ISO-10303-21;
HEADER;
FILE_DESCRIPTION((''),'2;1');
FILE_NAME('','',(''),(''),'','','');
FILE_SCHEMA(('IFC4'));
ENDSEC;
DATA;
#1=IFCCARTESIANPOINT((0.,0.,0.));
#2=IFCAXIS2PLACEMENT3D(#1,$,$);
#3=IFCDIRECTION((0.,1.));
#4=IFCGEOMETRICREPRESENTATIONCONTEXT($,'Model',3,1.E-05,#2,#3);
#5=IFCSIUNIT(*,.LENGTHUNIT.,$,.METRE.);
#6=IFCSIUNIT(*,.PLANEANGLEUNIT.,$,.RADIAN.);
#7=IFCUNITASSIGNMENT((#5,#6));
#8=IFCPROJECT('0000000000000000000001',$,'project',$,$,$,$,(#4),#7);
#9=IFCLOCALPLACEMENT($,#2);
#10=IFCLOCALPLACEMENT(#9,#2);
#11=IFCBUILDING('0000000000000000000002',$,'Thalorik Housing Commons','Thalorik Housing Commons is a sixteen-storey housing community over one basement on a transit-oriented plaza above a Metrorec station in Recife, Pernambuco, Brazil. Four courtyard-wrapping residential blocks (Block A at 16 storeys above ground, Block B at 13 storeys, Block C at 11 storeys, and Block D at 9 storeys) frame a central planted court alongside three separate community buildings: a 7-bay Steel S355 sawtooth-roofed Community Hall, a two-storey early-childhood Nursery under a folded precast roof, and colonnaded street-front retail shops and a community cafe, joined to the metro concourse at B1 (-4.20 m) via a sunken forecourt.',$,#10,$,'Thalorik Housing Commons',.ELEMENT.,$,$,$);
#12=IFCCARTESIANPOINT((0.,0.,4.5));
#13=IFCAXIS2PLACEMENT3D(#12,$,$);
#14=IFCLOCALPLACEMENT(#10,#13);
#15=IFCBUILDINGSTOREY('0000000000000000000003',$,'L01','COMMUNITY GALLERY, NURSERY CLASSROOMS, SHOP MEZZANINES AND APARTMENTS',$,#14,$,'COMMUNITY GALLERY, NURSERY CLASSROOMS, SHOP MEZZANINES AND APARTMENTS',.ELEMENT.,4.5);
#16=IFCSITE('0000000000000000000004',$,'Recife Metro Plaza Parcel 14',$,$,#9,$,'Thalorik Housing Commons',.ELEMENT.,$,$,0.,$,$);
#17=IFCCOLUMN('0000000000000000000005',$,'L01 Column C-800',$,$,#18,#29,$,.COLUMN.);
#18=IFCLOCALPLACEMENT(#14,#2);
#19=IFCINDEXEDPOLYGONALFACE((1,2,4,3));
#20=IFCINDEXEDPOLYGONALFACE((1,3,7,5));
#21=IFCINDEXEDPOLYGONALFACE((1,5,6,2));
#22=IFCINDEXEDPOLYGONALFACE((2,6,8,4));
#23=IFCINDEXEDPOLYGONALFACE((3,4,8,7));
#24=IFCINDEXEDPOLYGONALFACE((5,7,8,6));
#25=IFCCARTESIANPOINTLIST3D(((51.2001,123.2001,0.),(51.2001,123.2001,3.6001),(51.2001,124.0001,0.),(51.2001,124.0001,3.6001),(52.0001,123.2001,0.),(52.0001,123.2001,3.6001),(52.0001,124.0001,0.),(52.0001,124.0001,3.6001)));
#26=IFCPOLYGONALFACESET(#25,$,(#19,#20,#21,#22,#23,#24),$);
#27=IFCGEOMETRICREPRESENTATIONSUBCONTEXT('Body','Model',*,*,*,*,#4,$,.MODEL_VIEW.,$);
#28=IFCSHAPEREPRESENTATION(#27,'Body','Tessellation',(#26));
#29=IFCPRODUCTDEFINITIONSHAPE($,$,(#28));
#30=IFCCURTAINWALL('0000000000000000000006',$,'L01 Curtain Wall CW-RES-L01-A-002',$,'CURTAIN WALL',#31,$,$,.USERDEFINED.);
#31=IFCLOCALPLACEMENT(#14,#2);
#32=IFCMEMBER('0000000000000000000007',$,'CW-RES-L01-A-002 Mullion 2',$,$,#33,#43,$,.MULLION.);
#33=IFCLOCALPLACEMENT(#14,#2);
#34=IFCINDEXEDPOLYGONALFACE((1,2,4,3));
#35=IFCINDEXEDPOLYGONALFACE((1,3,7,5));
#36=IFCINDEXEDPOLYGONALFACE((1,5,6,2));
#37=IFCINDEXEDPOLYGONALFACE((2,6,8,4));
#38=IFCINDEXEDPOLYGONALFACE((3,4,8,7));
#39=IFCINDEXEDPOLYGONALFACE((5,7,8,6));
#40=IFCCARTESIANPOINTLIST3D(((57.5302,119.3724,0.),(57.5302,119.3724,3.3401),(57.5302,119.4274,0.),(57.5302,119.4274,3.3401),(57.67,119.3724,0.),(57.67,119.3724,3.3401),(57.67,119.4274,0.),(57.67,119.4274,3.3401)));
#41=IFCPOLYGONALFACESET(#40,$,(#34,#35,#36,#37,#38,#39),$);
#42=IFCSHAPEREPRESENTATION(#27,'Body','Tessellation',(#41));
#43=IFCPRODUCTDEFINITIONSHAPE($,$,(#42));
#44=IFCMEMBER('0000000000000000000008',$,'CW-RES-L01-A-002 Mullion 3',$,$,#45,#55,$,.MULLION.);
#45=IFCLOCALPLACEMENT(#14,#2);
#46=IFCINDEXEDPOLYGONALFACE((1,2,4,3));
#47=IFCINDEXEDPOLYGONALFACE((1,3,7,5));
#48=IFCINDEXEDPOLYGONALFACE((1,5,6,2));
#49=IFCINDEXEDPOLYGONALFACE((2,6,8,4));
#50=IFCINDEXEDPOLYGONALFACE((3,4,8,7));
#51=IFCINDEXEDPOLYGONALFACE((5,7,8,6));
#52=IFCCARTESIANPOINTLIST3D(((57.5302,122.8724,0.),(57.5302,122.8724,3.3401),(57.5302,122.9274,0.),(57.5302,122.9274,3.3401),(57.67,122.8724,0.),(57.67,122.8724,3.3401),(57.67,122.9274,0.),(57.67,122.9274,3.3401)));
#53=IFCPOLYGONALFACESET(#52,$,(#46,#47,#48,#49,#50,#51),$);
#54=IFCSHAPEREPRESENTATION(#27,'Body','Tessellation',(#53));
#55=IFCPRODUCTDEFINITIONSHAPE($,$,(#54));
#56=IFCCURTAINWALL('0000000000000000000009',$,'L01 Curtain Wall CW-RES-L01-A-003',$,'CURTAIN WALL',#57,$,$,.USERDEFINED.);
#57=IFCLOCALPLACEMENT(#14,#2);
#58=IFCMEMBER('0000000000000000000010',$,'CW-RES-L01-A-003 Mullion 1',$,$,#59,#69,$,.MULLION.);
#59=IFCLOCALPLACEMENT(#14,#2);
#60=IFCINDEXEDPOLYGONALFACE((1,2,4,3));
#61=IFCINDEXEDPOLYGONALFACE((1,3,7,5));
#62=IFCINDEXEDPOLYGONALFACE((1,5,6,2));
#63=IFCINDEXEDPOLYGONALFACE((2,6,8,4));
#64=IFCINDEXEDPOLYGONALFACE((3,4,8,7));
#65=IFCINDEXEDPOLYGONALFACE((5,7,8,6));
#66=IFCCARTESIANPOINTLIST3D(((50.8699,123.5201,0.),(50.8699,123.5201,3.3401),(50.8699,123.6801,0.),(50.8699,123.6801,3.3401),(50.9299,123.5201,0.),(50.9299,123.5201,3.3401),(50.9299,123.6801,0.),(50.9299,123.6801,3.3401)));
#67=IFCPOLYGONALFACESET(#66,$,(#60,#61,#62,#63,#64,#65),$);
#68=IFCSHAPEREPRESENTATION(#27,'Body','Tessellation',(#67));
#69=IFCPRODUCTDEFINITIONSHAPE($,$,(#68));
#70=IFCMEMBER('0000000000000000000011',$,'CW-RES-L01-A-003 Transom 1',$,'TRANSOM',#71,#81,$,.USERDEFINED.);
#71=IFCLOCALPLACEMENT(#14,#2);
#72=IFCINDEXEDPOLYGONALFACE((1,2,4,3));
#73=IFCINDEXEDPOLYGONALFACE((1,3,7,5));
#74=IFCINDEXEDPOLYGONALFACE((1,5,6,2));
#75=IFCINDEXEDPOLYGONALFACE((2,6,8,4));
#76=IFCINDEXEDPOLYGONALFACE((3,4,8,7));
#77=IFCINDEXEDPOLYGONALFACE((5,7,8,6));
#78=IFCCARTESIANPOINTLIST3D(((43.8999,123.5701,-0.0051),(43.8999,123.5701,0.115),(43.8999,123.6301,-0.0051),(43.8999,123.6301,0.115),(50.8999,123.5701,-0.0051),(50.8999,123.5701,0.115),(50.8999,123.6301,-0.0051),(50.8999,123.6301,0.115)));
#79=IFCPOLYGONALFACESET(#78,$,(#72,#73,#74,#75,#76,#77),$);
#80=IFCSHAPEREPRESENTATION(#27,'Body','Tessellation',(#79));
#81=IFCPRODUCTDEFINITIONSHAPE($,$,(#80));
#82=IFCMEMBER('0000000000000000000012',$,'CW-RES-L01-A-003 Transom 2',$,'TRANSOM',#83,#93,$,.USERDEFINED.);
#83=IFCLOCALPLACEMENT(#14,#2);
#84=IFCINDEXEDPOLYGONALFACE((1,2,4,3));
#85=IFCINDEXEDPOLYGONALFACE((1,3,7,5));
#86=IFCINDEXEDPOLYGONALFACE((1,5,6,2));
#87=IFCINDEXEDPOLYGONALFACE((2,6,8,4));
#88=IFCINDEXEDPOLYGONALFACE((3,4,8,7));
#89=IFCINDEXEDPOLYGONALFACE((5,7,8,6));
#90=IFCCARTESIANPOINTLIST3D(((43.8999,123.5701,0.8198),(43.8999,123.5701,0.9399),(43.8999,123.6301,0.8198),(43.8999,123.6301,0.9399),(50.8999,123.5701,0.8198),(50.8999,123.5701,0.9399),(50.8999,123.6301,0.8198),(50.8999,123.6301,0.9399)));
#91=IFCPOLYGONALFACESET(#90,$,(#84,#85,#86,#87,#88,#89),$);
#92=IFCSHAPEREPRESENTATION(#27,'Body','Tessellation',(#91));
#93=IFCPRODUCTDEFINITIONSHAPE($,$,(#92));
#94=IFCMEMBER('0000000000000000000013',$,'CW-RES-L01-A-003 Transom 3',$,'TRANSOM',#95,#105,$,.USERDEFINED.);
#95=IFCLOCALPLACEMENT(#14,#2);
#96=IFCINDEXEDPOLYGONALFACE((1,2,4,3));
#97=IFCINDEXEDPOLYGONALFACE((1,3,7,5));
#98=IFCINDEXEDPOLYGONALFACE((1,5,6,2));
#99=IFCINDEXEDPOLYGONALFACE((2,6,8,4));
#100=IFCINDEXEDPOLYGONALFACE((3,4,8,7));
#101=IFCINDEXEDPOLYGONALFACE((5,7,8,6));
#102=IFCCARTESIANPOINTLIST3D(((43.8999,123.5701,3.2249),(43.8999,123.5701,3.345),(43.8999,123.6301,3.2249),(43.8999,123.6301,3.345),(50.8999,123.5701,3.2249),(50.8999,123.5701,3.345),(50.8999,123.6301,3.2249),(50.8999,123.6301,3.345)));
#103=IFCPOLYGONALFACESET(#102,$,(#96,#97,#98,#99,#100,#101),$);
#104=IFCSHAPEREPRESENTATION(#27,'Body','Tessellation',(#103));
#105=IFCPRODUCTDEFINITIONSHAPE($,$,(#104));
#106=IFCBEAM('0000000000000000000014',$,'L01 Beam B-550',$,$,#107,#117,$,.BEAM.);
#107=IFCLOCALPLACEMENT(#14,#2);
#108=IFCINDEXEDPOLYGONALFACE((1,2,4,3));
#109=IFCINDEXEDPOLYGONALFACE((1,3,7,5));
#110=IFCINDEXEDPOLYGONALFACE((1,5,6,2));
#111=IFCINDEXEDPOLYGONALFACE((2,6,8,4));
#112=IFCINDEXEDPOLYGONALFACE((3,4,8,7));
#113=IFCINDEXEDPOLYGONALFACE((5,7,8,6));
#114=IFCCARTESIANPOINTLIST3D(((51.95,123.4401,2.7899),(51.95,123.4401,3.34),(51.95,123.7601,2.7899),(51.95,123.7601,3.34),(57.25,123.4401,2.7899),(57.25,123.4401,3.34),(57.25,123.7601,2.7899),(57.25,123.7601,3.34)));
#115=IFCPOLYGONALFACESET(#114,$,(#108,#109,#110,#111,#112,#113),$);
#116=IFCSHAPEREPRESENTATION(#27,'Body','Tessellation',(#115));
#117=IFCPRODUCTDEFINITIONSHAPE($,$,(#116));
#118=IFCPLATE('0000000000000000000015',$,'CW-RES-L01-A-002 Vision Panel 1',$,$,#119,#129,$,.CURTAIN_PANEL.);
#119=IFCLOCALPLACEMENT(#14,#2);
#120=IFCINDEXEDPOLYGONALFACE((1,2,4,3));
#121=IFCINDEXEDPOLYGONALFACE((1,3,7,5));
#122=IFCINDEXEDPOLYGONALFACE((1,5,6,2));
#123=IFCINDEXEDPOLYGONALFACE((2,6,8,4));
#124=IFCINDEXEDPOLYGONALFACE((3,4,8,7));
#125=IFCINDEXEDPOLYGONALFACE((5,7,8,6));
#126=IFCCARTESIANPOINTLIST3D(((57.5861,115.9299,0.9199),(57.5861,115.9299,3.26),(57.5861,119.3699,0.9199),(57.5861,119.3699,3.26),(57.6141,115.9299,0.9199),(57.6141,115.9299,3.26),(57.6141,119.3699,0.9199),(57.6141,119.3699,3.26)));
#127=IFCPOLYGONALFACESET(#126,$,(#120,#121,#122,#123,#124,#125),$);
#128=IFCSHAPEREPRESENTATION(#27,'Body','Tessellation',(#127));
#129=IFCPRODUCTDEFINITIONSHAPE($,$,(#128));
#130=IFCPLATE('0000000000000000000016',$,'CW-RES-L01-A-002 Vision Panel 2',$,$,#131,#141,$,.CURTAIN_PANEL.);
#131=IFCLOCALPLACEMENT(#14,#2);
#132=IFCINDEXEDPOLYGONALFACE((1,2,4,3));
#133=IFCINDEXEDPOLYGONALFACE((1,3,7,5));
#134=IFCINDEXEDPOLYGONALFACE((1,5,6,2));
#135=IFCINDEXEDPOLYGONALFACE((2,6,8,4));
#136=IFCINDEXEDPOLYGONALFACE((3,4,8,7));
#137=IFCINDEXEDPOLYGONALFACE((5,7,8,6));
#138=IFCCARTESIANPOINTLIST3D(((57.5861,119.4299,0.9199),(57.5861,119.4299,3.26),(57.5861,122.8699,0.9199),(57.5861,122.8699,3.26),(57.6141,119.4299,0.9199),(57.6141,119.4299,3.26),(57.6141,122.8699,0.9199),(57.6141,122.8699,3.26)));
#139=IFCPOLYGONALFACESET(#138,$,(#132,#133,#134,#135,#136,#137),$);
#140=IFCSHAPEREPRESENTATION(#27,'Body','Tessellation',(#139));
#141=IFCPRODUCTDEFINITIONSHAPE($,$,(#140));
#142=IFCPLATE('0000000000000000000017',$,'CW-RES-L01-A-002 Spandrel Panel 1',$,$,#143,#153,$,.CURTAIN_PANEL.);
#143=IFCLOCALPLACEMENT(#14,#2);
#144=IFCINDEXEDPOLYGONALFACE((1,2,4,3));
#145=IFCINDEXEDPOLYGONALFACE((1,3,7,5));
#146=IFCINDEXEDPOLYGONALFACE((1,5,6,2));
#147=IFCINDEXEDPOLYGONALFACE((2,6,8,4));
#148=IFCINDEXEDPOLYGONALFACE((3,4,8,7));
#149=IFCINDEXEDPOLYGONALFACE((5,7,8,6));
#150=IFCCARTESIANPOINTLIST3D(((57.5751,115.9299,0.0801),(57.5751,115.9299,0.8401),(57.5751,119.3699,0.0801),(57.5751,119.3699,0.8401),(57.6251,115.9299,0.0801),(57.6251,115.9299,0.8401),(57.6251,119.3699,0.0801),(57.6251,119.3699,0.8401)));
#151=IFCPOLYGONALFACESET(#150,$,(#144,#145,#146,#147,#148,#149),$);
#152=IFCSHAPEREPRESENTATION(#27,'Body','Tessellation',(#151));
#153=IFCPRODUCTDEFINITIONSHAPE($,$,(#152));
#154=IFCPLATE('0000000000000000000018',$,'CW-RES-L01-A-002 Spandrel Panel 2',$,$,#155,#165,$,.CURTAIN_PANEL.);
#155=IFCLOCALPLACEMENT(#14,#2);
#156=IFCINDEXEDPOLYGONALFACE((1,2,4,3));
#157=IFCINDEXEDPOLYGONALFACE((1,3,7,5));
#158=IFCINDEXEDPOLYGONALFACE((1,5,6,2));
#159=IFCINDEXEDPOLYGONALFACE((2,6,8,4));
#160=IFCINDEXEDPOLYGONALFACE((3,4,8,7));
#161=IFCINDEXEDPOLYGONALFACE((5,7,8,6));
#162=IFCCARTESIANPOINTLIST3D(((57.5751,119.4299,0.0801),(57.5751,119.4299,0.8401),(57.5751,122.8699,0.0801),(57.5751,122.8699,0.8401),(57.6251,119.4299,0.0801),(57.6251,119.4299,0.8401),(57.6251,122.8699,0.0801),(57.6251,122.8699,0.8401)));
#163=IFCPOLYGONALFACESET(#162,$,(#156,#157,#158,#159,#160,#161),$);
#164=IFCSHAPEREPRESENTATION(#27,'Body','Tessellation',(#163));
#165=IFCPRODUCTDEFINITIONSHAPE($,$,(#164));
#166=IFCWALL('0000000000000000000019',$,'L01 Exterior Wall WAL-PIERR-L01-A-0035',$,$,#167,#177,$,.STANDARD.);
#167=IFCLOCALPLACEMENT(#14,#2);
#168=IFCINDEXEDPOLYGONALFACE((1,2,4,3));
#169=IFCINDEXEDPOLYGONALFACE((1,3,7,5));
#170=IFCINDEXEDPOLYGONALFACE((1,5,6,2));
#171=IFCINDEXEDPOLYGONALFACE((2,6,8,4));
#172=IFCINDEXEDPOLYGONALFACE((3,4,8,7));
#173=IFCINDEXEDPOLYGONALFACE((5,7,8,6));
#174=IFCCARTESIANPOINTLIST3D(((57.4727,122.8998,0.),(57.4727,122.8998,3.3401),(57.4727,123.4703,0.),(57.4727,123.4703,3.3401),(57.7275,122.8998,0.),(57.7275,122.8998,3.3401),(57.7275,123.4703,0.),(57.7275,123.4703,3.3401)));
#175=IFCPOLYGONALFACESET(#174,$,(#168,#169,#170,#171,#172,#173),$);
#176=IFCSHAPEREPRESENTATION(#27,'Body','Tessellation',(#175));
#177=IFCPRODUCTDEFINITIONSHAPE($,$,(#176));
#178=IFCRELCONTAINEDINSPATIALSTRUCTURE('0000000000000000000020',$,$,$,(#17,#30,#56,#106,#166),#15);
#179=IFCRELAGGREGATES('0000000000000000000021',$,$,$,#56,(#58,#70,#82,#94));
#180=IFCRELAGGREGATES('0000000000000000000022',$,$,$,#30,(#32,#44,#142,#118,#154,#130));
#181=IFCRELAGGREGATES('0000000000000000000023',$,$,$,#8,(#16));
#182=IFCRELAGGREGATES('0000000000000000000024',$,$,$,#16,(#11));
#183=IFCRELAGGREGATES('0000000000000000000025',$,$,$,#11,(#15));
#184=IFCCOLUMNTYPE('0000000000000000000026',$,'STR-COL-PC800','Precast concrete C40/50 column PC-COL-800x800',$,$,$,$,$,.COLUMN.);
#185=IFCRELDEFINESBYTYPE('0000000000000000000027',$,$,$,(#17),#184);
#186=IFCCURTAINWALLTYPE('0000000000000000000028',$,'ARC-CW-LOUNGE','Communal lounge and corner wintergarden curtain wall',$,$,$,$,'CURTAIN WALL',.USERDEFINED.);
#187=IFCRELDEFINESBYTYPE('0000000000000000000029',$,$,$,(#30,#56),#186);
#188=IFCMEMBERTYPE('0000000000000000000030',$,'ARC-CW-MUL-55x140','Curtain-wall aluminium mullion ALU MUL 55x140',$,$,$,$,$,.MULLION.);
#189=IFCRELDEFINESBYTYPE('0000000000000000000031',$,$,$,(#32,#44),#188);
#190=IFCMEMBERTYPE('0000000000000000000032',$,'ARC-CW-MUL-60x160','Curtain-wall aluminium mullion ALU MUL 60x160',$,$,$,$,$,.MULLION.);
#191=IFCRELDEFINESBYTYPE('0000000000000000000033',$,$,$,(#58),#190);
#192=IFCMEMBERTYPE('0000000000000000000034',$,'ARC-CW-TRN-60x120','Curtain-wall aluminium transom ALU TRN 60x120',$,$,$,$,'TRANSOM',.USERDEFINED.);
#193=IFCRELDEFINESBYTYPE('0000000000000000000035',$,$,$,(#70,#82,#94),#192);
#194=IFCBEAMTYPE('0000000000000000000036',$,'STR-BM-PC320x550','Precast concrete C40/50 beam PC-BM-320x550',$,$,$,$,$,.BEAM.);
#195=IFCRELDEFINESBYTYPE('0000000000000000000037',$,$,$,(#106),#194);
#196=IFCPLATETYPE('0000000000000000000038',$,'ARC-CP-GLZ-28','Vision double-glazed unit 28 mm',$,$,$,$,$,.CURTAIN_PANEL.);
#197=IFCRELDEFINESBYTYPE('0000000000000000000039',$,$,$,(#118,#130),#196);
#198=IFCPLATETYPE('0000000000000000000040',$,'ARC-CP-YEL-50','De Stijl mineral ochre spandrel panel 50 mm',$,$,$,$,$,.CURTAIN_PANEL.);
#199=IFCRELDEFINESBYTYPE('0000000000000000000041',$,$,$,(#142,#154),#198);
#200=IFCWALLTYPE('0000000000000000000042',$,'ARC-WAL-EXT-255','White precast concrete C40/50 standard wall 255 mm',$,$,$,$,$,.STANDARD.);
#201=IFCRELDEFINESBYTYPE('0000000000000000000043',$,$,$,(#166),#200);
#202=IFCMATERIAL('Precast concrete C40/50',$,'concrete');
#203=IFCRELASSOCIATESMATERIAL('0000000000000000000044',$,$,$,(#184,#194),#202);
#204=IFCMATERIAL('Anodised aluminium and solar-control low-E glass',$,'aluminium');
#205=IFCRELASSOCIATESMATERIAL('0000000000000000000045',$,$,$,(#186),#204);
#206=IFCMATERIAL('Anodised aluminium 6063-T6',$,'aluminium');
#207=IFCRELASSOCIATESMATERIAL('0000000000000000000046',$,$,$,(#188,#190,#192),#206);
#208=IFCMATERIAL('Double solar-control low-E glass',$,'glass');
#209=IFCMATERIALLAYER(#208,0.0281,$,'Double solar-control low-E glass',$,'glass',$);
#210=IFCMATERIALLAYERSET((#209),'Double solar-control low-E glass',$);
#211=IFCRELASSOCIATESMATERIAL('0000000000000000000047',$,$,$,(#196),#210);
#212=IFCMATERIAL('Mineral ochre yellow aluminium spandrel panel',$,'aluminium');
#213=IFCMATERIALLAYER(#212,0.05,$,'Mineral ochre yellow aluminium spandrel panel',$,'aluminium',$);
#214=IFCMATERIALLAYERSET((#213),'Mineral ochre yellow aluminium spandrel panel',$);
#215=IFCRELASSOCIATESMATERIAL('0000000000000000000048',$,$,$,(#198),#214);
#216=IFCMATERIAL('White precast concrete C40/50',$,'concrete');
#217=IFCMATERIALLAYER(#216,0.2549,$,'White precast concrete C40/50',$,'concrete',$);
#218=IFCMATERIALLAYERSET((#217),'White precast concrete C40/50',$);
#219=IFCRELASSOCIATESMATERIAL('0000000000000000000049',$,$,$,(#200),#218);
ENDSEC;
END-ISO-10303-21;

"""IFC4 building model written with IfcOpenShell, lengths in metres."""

from ifc_helpers import new_model, si_unit, direction, frame, frame_2d, origin, origin_2d, place, context, subcontext, project, spatial, rectangle, extrude, material, layer, layer_set, material_profile, profile_set, type_object, element, aggregate, save


model = new_model("IFC4")

# Units and contexts
model_context = context("Model", 3, precision=1e-05, world=origin(), true_north=direction((0.0, 1.0)))
body_context = subcontext(model_context, "Body", "Model", "MODEL_VIEW")
ifc_project = project(units=[si_unit("LENGTHUNIT", "METRE"), si_unit("PLANEANGLEUNIT", "RADIAN")], contexts=[model_context])

# Site, building, storey
site_placement = place(None, origin())
site = spatial("IfcSite", under=ifc_project, at=site_placement, Name="Recife Metro Plaza Parcel 14", LongName="Thalorik Housing Commons", CompositionType="ELEMENT", RefElevation=0.0)
building_placement = place(site_placement, origin())
building = spatial("IfcBuilding", under=site, at=building_placement, Name="Thalorik Housing Commons", Description="Thalorik Housing Commons is a sixteen-storey housing community over one basement on a transit-oriented plaza above a Metrorec station in Recife, Pernambuco, Brazil. Four courtyard-wrapping residential blocks (Block A at 16 storeys above ground, Block B at 13 storeys, Block C at 11 storeys, and Block D at 9 storeys) frame a central planted court alongside three separate community buildings: a 7-bay Steel S355 sawtooth-roofed Community Hall, a two-storey early-childhood Nursery under a folded precast roof, and colonnaded street-front retail shops and a community cafe, joined to the metro concourse at B1 (-4.20 m) via a sunken forecourt.", LongName="Thalorik Housing Commons", CompositionType="ELEMENT")
storey_placement = place(building_placement, frame((0.0, 0.0, 4.5)))
storey = spatial("IfcBuildingStorey", under=building, at=storey_placement, Name="L01", Description="COMMUNITY GALLERY, NURSERY CLASSROOMS, SHOP MEZZANINES AND APARTMENTS", LongName="COMMUNITY GALLERY, NURSERY CLASSROOMS, SHOP MEZZANINES AND APARTMENTS", CompositionType="ELEMENT", Elevation=4.5)

# Column
ifc_material_1 = material(Name="Precast concrete C40/50", Category="concrete")
ifc_material_profile_1 = material_profile(ifc_material_1, rectangle(XDim=0.8, YDim=0.8, at=origin_2d()), Name="PC 800x800", Category="concrete")
ifc_profile_set_1 = profile_set([ifc_material_profile_1], Name="Precast concrete C40/50")
column_type = type_object("IfcColumnType", Name="STR-COL-PC800", Description="Precast concrete C40/50 column PC-COL-800x800", PredefinedType="COLUMN", material=ifc_profile_set_1)
column_placement = place(storey_placement, frame((51.6001, 123.6001, 0.0), z_axis=(0.0, 0.0, 1.0), x_axis=(1.0, 0.0, 0.0)))
element("IfcColumn", 1, at=column_placement, inside=storey, type_object=column_type, Name="L01 Column C-800", PredefinedType="COLUMN", context=body_context, shape_type="SweptSolid", body=[
    extrude(rectangle(XDim=0.8, YDim=0.8, at=origin_2d()), origin(), (0.0, 0.0, 1.0), 3.6001),
])

# Curtain walls, members
ifc_material_2 = material(Name="Anodised aluminium and solar-control low-E glass", Category="aluminium")
curtain_wall_type = type_object("IfcCurtainWallType", Name="ARC-CW-LOUNGE", Description="Communal lounge and corner wintergarden curtain wall", ElementType="CURTAIN WALL", PredefinedType="USERDEFINED", material=ifc_material_2)
curtain_wall_1_placement = place(storey_placement, origin())
curtain_wall_1 = element("IfcCurtainWall", 2, at=curtain_wall_1_placement, inside=storey, type_object=curtain_wall_type, Name="L01 Curtain Wall CW-RES-L01-A-002", ObjectType="CURTAIN WALL", PredefinedType="USERDEFINED")
ifc_material_3 = material(Name="Anodised aluminium 6063-T6", Category="aluminium")
ifc_material_profile_2 = material_profile(ifc_material_3, rectangle(XDim=0.0549, YDim=0.1399, at=origin_2d()), Name="ALU MUL 55x140", Category="aluminium")
ifc_profile_set_2 = profile_set([ifc_material_profile_2], Name="Anodised aluminium 6063-T6")
member_type_1 = type_object("IfcMemberType", Name="ARC-CW-MUL-55x140", Description="Curtain-wall aluminium mullion ALU MUL 55x140", PredefinedType="MULLION", material=ifc_profile_set_2)
member_1_placement = place(storey_placement, frame((57.6001, 119.3999, 0.0), z_axis=(0.0, 0.0, 1.0), x_axis=(0.0, 1.0, 0.0)))
member_1 = element("IfcMember", 3, at=member_1_placement, type_object=member_type_1, Name="CW-RES-L01-A-002 Mullion 2", PredefinedType="MULLION", context=body_context, shape_type="SweptSolid", body=[
    extrude(rectangle(XDim=0.0549, YDim=0.1399, at=origin_2d()), origin(), (0.0, 0.0, 1.0), 3.3401),
])
member_2_placement = place(storey_placement, frame((57.6001, 122.8999, 0.0), z_axis=(0.0, 0.0, 1.0), x_axis=(0.0, 1.0, 0.0)))
member_2 = element("IfcMember", 4, at=member_2_placement, type_object=member_type_1, Name="CW-RES-L01-A-002 Mullion 3", PredefinedType="MULLION", context=body_context, shape_type="SweptSolid", body=[
    extrude(rectangle(XDim=0.0549, YDim=0.1399, at=origin_2d()), origin(), (0.0, 0.0, 1.0), 3.3401),
])
curtain_wall_2_placement = place(storey_placement, origin())
curtain_wall_2 = element("IfcCurtainWall", 5, at=curtain_wall_2_placement, inside=storey, type_object=curtain_wall_type, Name="L01 Curtain Wall CW-RES-L01-A-003", ObjectType="CURTAIN WALL", PredefinedType="USERDEFINED")
ifc_material_profile_3 = material_profile(ifc_material_3, rectangle(XDim=0.0601, YDim=0.1599, at=origin_2d()), Name="ALU MUL 60x160", Category="aluminium")
ifc_profile_set_3 = profile_set([ifc_material_profile_3], Name="Anodised aluminium 6063-T6")
member_type_2 = type_object("IfcMemberType", Name="ARC-CW-MUL-60x160", Description="Curtain-wall aluminium mullion ALU MUL 60x160", PredefinedType="MULLION", material=ifc_profile_set_3)
member_3_placement = place(storey_placement, frame((50.8999, 123.6001, 0.0), z_axis=(0.0, 0.0, 1.0), x_axis=(-1.0, 0.0, 0.0)))
member_3 = element("IfcMember", 6, at=member_3_placement, type_object=member_type_2, Name="CW-RES-L01-A-003 Mullion 1", PredefinedType="MULLION", context=body_context, shape_type="SweptSolid", body=[
    extrude(rectangle(XDim=0.0601, YDim=0.1599, at=origin_2d()), origin(), (0.0, 0.0, 1.0), 3.3401),
])
ifc_material_profile_4 = material_profile(ifc_material_3, rectangle(XDim=0.0601, YDim=0.1201, at=origin_2d()), Name="ALU TRN 60x120", Category="aluminium")
ifc_profile_set_4 = profile_set([ifc_material_profile_4], Name="Anodised aluminium 6063-T6")
member_type_3 = type_object("IfcMemberType", Name="ARC-CW-TRN-60x120", Description="Curtain-wall aluminium transom ALU TRN 60x120", ElementType="TRANSOM", PredefinedType="USERDEFINED", material=ifc_profile_set_4)
member_4_placement = place(storey_placement, frame((50.8999, 123.6001, 0.0549), z_axis=(-1.0, 0.0, 0.0), x_axis=(0.0, -1.0, 0.0)))
member_4 = element("IfcMember", 7, at=member_4_placement, type_object=member_type_3, Name="CW-RES-L01-A-003 Transom 1", ObjectType="TRANSOM", PredefinedType="USERDEFINED", context=body_context, shape_type="SweptSolid", body=[
    extrude(rectangle(XDim=0.0601, YDim=0.1201, at=origin_2d()), origin(), (0.0, 0.0, 1.0), 7.0),
])
member_5_placement = place(storey_placement, frame((50.8999, 123.6001, 0.8799), z_axis=(-1.0, 0.0, 0.0), x_axis=(0.0, -1.0, 0.0)))
member_5 = element("IfcMember", 8, at=member_5_placement, type_object=member_type_3, Name="CW-RES-L01-A-003 Transom 2", ObjectType="TRANSOM", PredefinedType="USERDEFINED", context=body_context, shape_type="SweptSolid", body=[
    extrude(rectangle(XDim=0.0601, YDim=0.1201, at=origin_2d()), origin(), (0.0, 0.0, 1.0), 7.0),
])
member_6_placement = place(storey_placement, frame((50.8999, 123.6001, 3.2849), z_axis=(-1.0, 0.0, 0.0), x_axis=(0.0, -1.0, 0.0)))
member_6 = element("IfcMember", 9, at=member_6_placement, type_object=member_type_3, Name="CW-RES-L01-A-003 Transom 3", ObjectType="TRANSOM", PredefinedType="USERDEFINED", context=body_context, shape_type="SweptSolid", body=[
    extrude(rectangle(XDim=0.0601, YDim=0.1201, at=origin_2d()), origin(), (0.0, 0.0, 1.0), 7.0),
])
aggregate(curtain_wall_2, [member_3, member_4, member_5, member_6])

# Beam
ifc_material_profile_5 = material_profile(ifc_material_1, rectangle(XDim=0.3201, YDim=0.55, at=origin_2d()), Name="PC 320x550", Category="concrete")
ifc_profile_set_5 = profile_set([ifc_material_profile_5], Name="Precast concrete C40/50")
beam_type = type_object("IfcBeamType", Name="STR-BM-PC320x550", Description="Precast concrete C40/50 beam PC-BM-320x550", PredefinedType="BEAM", material=ifc_profile_set_5)
beam_placement = place(storey_placement, frame((51.95, 123.6001, 3.0649), z_axis=(1.0, 0.0, 0.0), x_axis=(0.0, 1.0, 0.0)))
element("IfcBeam", 10, at=beam_placement, inside=storey, type_object=beam_type, Name="L01 Beam B-550", PredefinedType="BEAM", context=body_context, shape_type="SweptSolid", body=[
    extrude(rectangle(XDim=0.3201, YDim=0.55, at=origin_2d()), origin(), (0.0, 0.0, 1.0), 5.3),
])

# Plates
ifc_material_4 = material(Name="Double solar-control low-E glass", Category="glass")
ifc_layer_1 = layer(ifc_material_4, 0.0281, Name="Double solar-control low-E glass", Category="glass")
ifc_layer_set_1 = layer_set([ifc_layer_1], Name="Double solar-control low-E glass")
plate_type_1 = type_object("IfcPlateType", Name="ARC-CP-GLZ-28", Description="Vision double-glazed unit 28 mm", PredefinedType="CURTAIN_PANEL", material=ifc_layer_set_1)
plate_1_placement = place(storey_placement, frame((57.6001, 117.6499, 0.9199), z_axis=(0.0, 0.0, 1.0), x_axis=(0.0, 1.0, 0.0)))
plate_1 = element("IfcPlate", 11, at=plate_1_placement, type_object=plate_type_1, Name="CW-RES-L01-A-002 Vision Panel 1", PredefinedType="CURTAIN_PANEL", context=body_context, shape_type="SweptSolid", body=[
    extrude(rectangle(XDim=3.4399, YDim=0.0281, at=origin_2d()), origin(), (0.0, 0.0, 1.0), 2.3401),
])
plate_2_placement = place(storey_placement, frame((57.6001, 121.1499, 0.9199), z_axis=(0.0, 0.0, 1.0), x_axis=(0.0, 1.0, 0.0)))
plate_2 = element("IfcPlate", 12, at=plate_2_placement, type_object=plate_type_1, Name="CW-RES-L01-A-002 Vision Panel 2", PredefinedType="CURTAIN_PANEL", context=body_context, shape_type="SweptSolid", body=[
    extrude(rectangle(XDim=3.4399, YDim=0.0281, at=origin_2d()), origin(), (0.0, 0.0, 1.0), 2.3401),
])
ifc_material_5 = material(Name="Mineral ochre yellow aluminium spandrel panel", Category="aluminium")
ifc_layer_2 = layer(ifc_material_5, 0.05, Name="Mineral ochre yellow aluminium spandrel panel", Category="aluminium")
ifc_layer_set_2 = layer_set([ifc_layer_2], Name="Mineral ochre yellow aluminium spandrel panel")
plate_type_2 = type_object("IfcPlateType", Name="ARC-CP-YEL-50", Description="De Stijl mineral ochre spandrel panel 50 mm", PredefinedType="CURTAIN_PANEL", material=ifc_layer_set_2)
plate_3_placement = place(storey_placement, frame((57.6001, 117.6499, 0.0801), z_axis=(0.0, 0.0, 1.0), x_axis=(0.0, 1.0, 0.0)))
plate_3 = element("IfcPlate", 13, at=plate_3_placement, type_object=plate_type_2, Name="CW-RES-L01-A-002 Spandrel Panel 1", PredefinedType="CURTAIN_PANEL", context=body_context, shape_type="SweptSolid", body=[
    extrude(rectangle(XDim=3.4399, YDim=0.05, at=origin_2d()), origin(), (0.0, 0.0, 1.0), 0.76),
])
plate_4_placement = place(storey_placement, frame((57.6001, 121.1499, 0.0801), z_axis=(0.0, 0.0, 1.0), x_axis=(0.0, 1.0, 0.0)))
plate_4 = element("IfcPlate", 14, at=plate_4_placement, type_object=plate_type_2, Name="CW-RES-L01-A-002 Spandrel Panel 2", PredefinedType="CURTAIN_PANEL", context=body_context, shape_type="SweptSolid", body=[
    extrude(rectangle(XDim=3.4399, YDim=0.05, at=origin_2d()), origin(), (0.0, 0.0, 1.0), 0.76),
])
aggregate(curtain_wall_1, [member_1, member_2, plate_3, plate_1, plate_4, plate_2])

# Wall
ifc_material_6 = material(Name="White precast concrete C40/50", Category="concrete")
ifc_layer_3 = layer(ifc_material_6, 0.2549, Name="White precast concrete C40/50", Category="concrete")
ifc_layer_set_3 = layer_set([ifc_layer_3], Name="White precast concrete C40/50")
wall_type_1 = type_object("IfcWallType", Name="ARC-WAL-EXT-255", Description="White precast concrete C40/50 standard wall 255 mm", PredefinedType="STANDARD", material=ifc_layer_set_3)
wall_1_placement = place(storey_placement, frame((57.6001, 122.8999, 0.0), z_axis=(0.0, 0.0, 1.0), x_axis=(0.0, 1.0, 0.0)))
element("IfcWall", 15, at=wall_1_placement, inside=storey, type_object=wall_type_1, Name="L01 Exterior Wall WAL-PIERR-L01-A-0035", PredefinedType="STANDARD", context=body_context, shape_type="SweptSolid", body=[
    extrude(rectangle(XDim=0.5706, YDim=0.2549, at=frame_2d((0.2852, 0.0))), origin(), (0.0, 0.0, 1.0), 3.3401),
])

save(model, "model.ifc")
